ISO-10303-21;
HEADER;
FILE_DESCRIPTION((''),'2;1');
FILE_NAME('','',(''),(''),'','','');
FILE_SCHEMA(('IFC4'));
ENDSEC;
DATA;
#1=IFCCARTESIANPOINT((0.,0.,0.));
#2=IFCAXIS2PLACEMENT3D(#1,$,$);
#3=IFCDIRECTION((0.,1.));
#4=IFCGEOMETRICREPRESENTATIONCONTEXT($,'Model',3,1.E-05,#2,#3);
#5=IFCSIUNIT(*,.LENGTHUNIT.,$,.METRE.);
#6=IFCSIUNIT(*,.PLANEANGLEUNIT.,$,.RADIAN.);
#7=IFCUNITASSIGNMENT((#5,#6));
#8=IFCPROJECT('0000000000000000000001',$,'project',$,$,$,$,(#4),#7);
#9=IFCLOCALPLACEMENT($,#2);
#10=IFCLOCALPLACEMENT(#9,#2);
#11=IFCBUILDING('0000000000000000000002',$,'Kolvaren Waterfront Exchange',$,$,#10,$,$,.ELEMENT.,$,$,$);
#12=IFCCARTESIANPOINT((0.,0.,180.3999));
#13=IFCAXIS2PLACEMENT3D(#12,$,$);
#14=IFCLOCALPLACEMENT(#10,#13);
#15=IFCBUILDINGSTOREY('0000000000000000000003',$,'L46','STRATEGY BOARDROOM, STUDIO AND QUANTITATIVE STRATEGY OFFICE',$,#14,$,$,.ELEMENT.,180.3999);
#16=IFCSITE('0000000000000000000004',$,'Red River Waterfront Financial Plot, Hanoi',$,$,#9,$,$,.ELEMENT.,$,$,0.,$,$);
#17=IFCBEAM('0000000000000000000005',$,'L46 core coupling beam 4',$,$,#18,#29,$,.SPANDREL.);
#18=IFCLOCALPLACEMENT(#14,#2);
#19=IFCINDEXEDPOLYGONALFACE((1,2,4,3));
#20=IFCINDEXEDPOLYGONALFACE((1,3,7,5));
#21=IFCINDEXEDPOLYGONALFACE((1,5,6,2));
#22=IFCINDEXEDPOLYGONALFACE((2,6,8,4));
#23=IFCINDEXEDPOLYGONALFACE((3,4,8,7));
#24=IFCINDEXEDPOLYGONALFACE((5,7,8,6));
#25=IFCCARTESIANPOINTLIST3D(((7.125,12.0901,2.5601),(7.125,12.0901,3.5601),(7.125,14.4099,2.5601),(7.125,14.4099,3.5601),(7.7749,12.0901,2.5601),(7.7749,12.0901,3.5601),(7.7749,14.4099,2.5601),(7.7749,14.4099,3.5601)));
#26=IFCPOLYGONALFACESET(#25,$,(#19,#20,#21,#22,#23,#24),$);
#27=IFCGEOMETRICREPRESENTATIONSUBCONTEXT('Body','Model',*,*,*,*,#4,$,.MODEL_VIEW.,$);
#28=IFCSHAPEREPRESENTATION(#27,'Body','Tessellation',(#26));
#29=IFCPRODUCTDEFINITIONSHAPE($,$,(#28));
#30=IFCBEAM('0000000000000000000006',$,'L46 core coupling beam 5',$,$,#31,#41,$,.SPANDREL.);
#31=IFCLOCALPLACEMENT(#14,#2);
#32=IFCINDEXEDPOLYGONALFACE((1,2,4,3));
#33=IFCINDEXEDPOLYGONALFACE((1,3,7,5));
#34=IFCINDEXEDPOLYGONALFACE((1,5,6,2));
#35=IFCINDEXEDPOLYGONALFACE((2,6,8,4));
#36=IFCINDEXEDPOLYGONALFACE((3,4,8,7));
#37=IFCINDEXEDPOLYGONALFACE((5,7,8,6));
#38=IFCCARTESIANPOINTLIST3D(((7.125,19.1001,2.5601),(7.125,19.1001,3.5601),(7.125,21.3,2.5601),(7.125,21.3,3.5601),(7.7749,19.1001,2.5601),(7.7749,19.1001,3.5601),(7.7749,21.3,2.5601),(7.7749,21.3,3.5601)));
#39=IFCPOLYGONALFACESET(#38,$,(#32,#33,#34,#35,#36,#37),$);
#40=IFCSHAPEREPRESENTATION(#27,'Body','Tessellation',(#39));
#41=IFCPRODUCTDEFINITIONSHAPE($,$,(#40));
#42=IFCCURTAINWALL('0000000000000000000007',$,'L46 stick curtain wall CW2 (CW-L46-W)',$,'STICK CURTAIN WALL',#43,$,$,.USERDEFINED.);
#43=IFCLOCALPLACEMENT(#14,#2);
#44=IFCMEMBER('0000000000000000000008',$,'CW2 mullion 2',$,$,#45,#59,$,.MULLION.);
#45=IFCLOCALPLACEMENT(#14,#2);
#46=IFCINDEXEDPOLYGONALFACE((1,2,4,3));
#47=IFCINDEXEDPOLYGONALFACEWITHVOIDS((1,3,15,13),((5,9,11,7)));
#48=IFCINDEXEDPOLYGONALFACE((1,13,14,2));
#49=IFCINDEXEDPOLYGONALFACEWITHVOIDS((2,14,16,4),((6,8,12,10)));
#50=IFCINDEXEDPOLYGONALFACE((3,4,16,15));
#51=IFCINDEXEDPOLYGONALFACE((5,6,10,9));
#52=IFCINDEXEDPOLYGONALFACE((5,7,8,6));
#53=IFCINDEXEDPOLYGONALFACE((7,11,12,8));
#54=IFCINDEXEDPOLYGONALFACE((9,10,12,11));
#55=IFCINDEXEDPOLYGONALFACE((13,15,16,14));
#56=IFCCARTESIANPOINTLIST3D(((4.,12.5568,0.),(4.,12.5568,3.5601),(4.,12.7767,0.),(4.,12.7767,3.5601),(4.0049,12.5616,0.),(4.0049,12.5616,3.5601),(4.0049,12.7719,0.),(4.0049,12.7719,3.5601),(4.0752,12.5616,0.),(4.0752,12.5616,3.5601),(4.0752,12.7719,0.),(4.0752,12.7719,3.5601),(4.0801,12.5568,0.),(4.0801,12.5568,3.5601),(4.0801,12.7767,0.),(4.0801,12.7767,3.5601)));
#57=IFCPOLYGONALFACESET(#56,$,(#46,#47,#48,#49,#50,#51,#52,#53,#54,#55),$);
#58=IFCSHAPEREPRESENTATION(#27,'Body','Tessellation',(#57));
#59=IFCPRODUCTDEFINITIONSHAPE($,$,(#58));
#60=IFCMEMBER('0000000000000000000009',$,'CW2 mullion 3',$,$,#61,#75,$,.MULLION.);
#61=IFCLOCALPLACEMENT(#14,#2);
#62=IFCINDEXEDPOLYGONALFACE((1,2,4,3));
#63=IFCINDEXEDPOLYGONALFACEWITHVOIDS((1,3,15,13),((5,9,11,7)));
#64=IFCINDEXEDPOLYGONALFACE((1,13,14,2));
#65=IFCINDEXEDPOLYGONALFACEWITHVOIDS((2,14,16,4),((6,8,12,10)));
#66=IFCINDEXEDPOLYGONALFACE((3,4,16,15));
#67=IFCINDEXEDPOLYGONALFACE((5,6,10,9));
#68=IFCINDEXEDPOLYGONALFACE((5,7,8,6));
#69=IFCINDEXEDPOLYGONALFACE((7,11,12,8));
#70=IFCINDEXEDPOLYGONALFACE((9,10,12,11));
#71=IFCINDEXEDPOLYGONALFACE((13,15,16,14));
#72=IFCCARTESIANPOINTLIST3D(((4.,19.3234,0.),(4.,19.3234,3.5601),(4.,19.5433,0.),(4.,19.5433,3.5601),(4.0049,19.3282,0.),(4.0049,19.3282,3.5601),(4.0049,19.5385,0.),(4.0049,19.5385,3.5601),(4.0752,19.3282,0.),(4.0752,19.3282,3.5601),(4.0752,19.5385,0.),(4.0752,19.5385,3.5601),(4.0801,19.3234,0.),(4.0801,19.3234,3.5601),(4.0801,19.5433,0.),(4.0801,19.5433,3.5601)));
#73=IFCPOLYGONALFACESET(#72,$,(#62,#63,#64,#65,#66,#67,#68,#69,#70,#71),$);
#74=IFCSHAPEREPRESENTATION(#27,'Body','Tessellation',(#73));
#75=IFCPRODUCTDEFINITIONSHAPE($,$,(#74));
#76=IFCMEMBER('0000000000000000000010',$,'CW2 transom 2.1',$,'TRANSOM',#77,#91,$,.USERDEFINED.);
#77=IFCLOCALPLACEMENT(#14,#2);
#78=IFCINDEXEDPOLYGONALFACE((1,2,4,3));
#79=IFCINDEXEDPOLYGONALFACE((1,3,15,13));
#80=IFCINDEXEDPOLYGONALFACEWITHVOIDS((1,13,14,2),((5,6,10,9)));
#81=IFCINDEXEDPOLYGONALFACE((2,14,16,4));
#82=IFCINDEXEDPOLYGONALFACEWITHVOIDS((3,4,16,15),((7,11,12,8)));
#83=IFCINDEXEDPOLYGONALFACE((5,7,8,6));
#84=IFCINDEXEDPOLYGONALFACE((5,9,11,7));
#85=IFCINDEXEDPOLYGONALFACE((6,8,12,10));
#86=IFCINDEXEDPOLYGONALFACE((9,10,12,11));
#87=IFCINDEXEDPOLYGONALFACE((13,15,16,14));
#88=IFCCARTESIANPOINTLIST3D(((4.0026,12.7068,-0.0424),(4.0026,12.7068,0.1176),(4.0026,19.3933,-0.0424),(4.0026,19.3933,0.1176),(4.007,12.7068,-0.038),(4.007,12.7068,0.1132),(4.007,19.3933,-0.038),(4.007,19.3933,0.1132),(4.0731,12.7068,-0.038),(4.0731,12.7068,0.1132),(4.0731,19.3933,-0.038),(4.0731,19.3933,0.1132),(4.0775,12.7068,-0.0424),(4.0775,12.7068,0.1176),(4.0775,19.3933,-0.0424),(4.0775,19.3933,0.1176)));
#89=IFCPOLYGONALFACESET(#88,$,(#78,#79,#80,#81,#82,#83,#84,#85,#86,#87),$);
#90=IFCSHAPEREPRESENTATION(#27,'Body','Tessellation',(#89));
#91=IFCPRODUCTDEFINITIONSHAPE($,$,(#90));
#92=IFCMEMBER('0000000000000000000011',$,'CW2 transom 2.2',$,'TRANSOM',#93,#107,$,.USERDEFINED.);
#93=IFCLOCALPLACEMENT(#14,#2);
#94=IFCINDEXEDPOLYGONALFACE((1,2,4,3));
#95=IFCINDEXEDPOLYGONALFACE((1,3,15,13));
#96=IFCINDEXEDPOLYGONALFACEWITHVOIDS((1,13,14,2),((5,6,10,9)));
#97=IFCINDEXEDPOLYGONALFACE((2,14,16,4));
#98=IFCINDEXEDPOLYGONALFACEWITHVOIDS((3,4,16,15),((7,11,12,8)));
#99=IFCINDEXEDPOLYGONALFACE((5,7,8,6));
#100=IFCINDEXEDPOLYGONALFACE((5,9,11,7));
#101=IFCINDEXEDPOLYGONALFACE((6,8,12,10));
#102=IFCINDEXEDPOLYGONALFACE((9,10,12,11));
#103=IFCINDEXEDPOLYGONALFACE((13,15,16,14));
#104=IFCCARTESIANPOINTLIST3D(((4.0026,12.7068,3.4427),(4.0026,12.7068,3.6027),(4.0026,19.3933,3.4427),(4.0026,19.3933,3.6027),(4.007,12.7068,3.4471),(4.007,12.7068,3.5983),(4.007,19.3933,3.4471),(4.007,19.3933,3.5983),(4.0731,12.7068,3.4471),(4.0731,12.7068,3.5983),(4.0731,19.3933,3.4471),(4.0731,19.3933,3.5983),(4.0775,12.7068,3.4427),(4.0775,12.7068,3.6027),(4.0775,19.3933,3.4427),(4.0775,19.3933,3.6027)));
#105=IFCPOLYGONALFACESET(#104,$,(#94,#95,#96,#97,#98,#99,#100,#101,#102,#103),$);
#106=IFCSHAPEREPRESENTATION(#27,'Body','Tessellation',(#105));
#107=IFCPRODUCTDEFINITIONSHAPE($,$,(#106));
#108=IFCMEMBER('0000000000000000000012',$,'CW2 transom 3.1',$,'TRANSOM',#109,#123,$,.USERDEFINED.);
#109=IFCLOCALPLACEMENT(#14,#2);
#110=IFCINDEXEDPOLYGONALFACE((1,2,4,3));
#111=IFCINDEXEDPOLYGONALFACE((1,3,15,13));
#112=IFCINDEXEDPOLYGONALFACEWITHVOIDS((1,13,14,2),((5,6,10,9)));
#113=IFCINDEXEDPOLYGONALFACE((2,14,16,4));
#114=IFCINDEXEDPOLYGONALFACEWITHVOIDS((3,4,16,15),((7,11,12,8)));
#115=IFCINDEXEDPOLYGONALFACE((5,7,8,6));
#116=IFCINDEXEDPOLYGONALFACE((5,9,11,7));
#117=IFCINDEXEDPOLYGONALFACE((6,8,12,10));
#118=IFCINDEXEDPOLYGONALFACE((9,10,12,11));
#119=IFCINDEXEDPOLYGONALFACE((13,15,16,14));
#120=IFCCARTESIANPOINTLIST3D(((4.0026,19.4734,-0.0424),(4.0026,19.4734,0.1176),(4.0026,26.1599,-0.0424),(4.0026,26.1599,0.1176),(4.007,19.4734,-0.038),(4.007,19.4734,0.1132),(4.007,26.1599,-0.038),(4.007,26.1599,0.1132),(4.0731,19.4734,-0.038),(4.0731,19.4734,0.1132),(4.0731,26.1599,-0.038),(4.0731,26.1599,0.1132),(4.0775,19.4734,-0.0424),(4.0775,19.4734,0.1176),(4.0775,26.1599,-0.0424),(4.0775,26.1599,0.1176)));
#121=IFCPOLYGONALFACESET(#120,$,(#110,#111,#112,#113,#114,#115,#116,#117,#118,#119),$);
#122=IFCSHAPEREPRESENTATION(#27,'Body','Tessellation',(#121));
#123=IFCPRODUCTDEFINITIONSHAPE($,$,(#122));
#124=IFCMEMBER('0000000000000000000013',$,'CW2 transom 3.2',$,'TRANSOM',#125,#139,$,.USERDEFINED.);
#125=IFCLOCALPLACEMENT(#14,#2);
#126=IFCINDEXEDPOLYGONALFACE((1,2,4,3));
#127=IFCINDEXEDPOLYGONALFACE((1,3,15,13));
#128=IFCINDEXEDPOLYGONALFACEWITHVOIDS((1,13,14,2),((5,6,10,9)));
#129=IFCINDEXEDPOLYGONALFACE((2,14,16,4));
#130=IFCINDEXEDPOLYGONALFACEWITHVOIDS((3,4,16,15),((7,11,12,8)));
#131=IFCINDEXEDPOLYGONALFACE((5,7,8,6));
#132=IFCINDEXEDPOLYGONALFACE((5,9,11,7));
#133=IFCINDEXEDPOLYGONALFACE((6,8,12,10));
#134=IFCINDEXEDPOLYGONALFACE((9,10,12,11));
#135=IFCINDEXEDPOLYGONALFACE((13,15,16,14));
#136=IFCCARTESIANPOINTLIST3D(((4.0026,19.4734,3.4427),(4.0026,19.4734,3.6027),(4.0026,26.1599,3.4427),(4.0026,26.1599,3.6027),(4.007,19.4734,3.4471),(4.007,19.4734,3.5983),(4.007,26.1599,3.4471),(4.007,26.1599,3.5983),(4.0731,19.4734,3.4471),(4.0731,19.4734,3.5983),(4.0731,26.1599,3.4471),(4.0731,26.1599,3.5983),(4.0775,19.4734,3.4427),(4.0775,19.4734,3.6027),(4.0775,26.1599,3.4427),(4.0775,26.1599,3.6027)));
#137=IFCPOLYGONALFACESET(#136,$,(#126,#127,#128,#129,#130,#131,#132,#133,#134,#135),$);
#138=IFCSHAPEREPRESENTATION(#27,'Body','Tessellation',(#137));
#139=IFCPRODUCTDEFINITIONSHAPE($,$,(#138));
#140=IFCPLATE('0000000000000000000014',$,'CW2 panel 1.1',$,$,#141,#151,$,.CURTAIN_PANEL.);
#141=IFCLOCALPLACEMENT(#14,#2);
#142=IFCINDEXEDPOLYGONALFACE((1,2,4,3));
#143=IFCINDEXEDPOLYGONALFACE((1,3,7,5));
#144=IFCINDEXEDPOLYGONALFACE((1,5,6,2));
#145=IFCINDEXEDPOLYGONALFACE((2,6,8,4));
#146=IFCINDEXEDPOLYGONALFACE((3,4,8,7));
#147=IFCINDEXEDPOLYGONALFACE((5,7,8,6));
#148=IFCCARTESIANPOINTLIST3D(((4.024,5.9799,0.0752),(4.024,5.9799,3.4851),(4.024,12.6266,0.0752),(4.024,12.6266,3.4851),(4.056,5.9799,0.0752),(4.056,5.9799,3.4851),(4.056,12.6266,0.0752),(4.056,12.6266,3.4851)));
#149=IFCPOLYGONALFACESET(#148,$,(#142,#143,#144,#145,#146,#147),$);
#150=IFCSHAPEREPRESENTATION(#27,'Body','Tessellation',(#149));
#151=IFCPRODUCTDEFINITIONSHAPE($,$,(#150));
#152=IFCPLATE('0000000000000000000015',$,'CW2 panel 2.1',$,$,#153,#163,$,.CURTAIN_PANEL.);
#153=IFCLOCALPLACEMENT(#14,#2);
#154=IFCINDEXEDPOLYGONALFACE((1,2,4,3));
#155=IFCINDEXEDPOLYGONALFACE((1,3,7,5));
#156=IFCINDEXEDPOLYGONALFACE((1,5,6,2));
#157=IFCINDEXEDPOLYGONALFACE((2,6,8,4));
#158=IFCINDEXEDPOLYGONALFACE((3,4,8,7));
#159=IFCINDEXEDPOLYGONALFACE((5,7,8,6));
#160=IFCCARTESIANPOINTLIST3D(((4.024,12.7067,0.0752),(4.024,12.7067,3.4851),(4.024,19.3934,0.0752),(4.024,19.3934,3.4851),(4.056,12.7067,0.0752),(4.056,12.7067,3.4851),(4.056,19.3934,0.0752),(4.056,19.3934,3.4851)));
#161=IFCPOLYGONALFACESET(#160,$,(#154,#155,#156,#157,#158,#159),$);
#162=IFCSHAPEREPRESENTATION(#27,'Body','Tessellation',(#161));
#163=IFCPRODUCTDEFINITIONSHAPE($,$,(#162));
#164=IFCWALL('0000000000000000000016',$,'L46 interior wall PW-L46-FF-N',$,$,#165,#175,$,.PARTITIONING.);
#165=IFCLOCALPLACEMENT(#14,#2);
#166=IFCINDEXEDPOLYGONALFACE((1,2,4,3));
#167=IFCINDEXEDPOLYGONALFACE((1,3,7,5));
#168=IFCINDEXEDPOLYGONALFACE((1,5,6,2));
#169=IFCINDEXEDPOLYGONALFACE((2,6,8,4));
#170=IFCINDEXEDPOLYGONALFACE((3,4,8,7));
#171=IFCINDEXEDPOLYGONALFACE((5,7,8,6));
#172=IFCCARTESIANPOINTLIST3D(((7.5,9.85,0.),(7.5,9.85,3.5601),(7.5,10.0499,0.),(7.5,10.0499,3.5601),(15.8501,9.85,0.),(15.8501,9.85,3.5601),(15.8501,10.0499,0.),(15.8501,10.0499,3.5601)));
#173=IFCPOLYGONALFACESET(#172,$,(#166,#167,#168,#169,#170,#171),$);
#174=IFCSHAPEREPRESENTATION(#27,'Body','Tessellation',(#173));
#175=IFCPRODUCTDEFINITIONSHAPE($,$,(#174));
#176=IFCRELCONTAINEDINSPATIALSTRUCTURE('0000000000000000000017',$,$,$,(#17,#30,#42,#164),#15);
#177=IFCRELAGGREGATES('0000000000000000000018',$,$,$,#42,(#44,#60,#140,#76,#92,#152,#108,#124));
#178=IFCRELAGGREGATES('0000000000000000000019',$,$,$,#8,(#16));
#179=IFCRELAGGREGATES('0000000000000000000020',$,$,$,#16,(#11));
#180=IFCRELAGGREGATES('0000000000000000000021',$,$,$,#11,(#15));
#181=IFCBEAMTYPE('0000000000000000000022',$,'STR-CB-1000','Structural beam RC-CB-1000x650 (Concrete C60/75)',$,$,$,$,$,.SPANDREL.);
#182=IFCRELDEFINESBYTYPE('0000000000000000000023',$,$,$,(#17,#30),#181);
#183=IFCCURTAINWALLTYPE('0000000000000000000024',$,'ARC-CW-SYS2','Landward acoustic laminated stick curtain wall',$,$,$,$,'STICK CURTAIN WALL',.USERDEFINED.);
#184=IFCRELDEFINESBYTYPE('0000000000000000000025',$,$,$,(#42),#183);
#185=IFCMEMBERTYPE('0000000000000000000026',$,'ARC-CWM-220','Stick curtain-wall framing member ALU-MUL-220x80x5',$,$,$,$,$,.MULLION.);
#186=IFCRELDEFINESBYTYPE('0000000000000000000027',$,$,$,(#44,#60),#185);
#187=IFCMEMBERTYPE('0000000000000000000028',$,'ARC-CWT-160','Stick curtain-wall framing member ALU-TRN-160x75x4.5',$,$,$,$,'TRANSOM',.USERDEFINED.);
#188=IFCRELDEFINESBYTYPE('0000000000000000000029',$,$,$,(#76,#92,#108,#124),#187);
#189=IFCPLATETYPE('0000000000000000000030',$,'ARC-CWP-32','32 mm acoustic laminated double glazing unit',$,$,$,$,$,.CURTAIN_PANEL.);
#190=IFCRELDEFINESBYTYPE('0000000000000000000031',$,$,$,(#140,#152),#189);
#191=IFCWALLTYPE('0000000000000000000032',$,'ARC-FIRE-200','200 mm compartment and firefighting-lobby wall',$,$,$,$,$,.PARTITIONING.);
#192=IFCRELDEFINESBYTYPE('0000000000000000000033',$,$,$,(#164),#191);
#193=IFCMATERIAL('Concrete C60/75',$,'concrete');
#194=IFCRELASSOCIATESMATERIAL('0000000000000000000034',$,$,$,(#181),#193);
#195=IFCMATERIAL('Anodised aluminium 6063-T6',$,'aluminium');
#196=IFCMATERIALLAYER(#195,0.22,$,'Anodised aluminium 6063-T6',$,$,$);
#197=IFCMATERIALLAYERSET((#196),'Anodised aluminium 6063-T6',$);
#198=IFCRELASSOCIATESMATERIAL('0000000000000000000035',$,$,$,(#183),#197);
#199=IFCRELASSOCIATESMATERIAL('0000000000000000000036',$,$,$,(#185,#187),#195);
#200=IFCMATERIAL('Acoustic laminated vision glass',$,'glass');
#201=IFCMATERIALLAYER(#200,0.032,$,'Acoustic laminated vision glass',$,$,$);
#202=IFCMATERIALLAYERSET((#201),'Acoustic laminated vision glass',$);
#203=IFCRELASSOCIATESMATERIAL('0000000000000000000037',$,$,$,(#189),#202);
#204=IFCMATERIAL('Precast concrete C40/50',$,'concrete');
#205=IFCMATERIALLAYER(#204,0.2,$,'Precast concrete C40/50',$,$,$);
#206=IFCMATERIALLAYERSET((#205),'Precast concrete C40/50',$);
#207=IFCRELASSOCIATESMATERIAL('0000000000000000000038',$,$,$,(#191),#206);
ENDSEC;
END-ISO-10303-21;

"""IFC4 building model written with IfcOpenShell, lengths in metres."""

from ifc_helpers import new_model, si_unit, direction, frame, frame_2d, origin, origin_with_axes, origin_2d, place, context, subcontext, project, spatial, rectangle, hollow_rectangle, extrude, source, transform, mapped, material, layer, layer_set, material_profile, profile_set, type_object, element, aggregate, save


model = new_model("IFC4")

# Units and contexts
model_context = context("Model", 3, precision=1e-05, world=origin(), true_north=direction((0.0, 1.0)))
body_context = subcontext(model_context, "Body", "Model", "MODEL_VIEW")
ifc_project = project(units=[si_unit("LENGTHUNIT", "METRE"), si_unit("PLANEANGLEUNIT", "RADIAN")], contexts=[model_context])

# Site, building, storey
site_placement = place(None, origin())
site = spatial("IfcSite", under=ifc_project, at=site_placement, Name="Red River Waterfront Financial Plot, Hanoi", CompositionType="ELEMENT", RefElevation=0.0)
building_placement = place(site_placement, origin())
building = spatial("IfcBuilding", under=site, at=building_placement, Name="Kolvaren Waterfront Exchange", CompositionType="ELEMENT")
storey_placement = place(building_placement, frame((0.0, 0.0, 180.3999)))
storey = spatial("IfcBuildingStorey", under=building, at=storey_placement, Name="L46", Description="STRATEGY BOARDROOM, STUDIO AND QUANTITATIVE STRATEGY OFFICE", CompositionType="ELEMENT", Elevation=180.3999)

# Beams
ifc_material_1 = material(Name="Concrete C60/75", Category="concrete")
ifc_material_profile_1 = material_profile(ifc_material_1, rectangle(XDim=0.6499, YDim=1.0, at=origin_2d()), Name="RC-CB-1000x650")
ifc_profile_set_1 = profile_set([ifc_material_profile_1], Name="Concrete C60/75")
beam_type = type_object("IfcBeamType", Name="STR-CB-1000", Description="Structural beam RC-CB-1000x650 (Concrete C60/75)", PredefinedType="SPANDREL", material=ifc_profile_set_1)
beam_1_placement = place(storey_placement, frame((7.45, 12.0901, 3.0601), z_axis=(0.0, 1.0, 0.0), x_axis=(-1.0, 0.0, 0.0)))
element("IfcBeam", 1, at=beam_1_placement, inside=storey, type_object=beam_type, Name="L46 core coupling beam 4", PredefinedType="SPANDREL", context=body_context, shape_type="SweptSolid", body=[
    extrude(rectangle(XDim=0.6499, YDim=1.0, at=origin_2d()), origin(), (0.0, 0.0, 1.0), 2.3198),
])
beam_2_placement = place(storey_placement, frame((7.45, 19.1001, 3.0601), z_axis=(0.0, 1.0, 0.0), x_axis=(-1.0, 0.0, 0.0)))
element("IfcBeam", 2, at=beam_2_placement, inside=storey, type_object=beam_type, Name="L46 core coupling beam 5", PredefinedType="SPANDREL", context=body_context, shape_type="SweptSolid", body=[
    extrude(rectangle(XDim=0.6499, YDim=1.0, at=origin_2d()), origin(), (0.0, 0.0, 1.0), 2.2),
])

# Curtain wall, members, plates
ifc_material_2 = material(Name="Anodised aluminium 6063-T6", Category="aluminium")
ifc_layer_1 = layer(ifc_material_2, 0.22, Name="Anodised aluminium 6063-T6")
ifc_layer_set_1 = layer_set([ifc_layer_1], Name="Anodised aluminium 6063-T6")
curtain_wall_type = type_object("IfcCurtainWallType", Name="ARC-CW-SYS2", Description="Landward acoustic laminated stick curtain wall", ElementType="STICK CURTAIN WALL", PredefinedType="USERDEFINED", material=ifc_layer_set_1)
curtain_wall_placement = place(storey_placement, origin())
curtain_wall = element("IfcCurtainWall", 3, at=curtain_wall_placement, inside=storey, type_object=curtain_wall_type, Name="L46 stick curtain wall CW2 (CW-L46-W)", ObjectType="STICK CURTAIN WALL", PredefinedType="USERDEFINED")
ifc_material_profile_2 = material_profile(ifc_material_2, hollow_rectangle(XDim=0.0801, YDim=0.22, WallThickness=0.0049, at=origin_2d()), Name="ALU-MUL-220x80x5")
ifc_profile_set_2 = profile_set([ifc_material_profile_2], Name="Anodised aluminium 6063-T6")
member_type_1 = type_object("IfcMemberType", Name="ARC-CWM-220", Description="Stick curtain-wall framing member ALU-MUL-220x80x5", PredefinedType="MULLION", material=ifc_profile_set_2)
shared_shape_1 = source(origin_with_axes(), body_context, "Body", "SweptSolid", [
    extrude(hollow_rectangle(XDim=0.0801, YDim=0.22, WallThickness=0.0049, at=origin_2d()), origin(), (0.0, 0.0, 1.0), 3.5601),
])
member_1_placement = place(storey_placement, frame((4.04, 12.6667, 0.0), z_axis=(0.0, 0.0, 1.0), x_axis=(-1.0, 0.0, 0.0)))
member_1 = element("IfcMember", 4, at=member_1_placement, type_object=member_type_1, Name="CW2 mullion 2", PredefinedType="MULLION", context=body_context, shape_type="MappedRepresentation", body=[
    mapped(shared_shape_1, transform((0.0, 0.0, 0.0), x_axis=(1.0, 0.0, 0.0), y_axis=(0.0, 1.0, 0.0), z_axis=(0.0, 0.0, 1.0), scale=1.0)),
])
member_2_placement = place(storey_placement, frame((4.04, 19.4333, 0.0), z_axis=(0.0, 0.0, 1.0), x_axis=(-1.0, 0.0, 0.0)))
member_2 = element("IfcMember", 5, at=member_2_placement, type_object=member_type_1, Name="CW2 mullion 3", PredefinedType="MULLION", context=body_context, shape_type="MappedRepresentation", body=[
    mapped(shared_shape_1, transform((0.0, 0.0, 0.0), x_axis=(1.0, 0.0, 0.0), y_axis=(0.0, 1.0, 0.0), z_axis=(0.0, 0.0, 1.0), scale=1.0)),
])
ifc_material_profile_3 = material_profile(ifc_material_2, hollow_rectangle(XDim=0.075, YDim=0.1599, WallThickness=0.0044, at=origin_2d()), Name="ALU-TRN-160x75x4.5")
ifc_profile_set_3 = profile_set([ifc_material_profile_3], Name="Anodised aluminium 6063-T6")
member_type_2 = type_object("IfcMemberType", Name="ARC-CWT-160", Description="Stick curtain-wall framing member ALU-TRN-160x75x4.5", ElementType="TRANSOM", PredefinedType="USERDEFINED", material=ifc_profile_set_3)
shared_shape_2 = source(origin_with_axes(), body_context, "Body", "SweptSolid", [
    extrude(hollow_rectangle(XDim=0.075, YDim=0.1599, WallThickness=0.0044, at=origin_2d()), origin(), (0.0, 0.0, 1.0), 6.6865),
])
member_3_placement = place(storey_placement, frame((4.04, 12.7068, 0.0376), z_axis=(0.0, 1.0, 0.0), x_axis=(-1.0, 0.0, 0.0)))
member_3 = element("IfcMember", 6, at=member_3_placement, type_object=member_type_2, Name="CW2 transom 2.1", ObjectType="TRANSOM", PredefinedType="USERDEFINED", context=body_context, shape_type="MappedRepresentation", body=[
    mapped(shared_shape_2, transform((0.0, 0.0, 0.0), x_axis=(1.0, 0.0, 0.0), y_axis=(0.0, 1.0, 0.0), z_axis=(0.0, 0.0, 1.0), scale=1.0)),
])
member_4_placement = place(storey_placement, frame((4.04, 12.7068, 3.5227), z_axis=(0.0, 1.0, 0.0), x_axis=(-1.0, 0.0, 0.0)))
member_4 = element("IfcMember", 7, at=member_4_placement, type_object=member_type_2, Name="CW2 transom 2.2", ObjectType="TRANSOM", PredefinedType="USERDEFINED", context=body_context, shape_type="MappedRepresentation", body=[
    mapped(shared_shape_2, transform((0.0, 0.0, 0.0), x_axis=(1.0, 0.0, 0.0), y_axis=(0.0, 1.0, 0.0), z_axis=(0.0, 0.0, 1.0), scale=1.0)),
])
member_5_placement = place(storey_placement, frame((4.04, 19.4734, 0.0376), z_axis=(0.0, 1.0, 0.0), x_axis=(-1.0, 0.0, 0.0)))
member_5 = element("IfcMember", 8, at=member_5_placement, type_object=member_type_2, Name="CW2 transom 3.1", ObjectType="TRANSOM", PredefinedType="USERDEFINED", context=body_context, shape_type="MappedRepresentation", body=[
    mapped(shared_shape_2, transform((0.0, 0.0, 0.0), x_axis=(1.0, 0.0, 0.0), y_axis=(0.0, 1.0, 0.0), z_axis=(0.0, 0.0, 1.0), scale=1.0)),
])
member_6_placement = place(storey_placement, frame((4.04, 19.4734, 3.5227), z_axis=(0.0, 1.0, 0.0), x_axis=(-1.0, 0.0, 0.0)))
member_6 = element("IfcMember", 9, at=member_6_placement, type_object=member_type_2, Name="CW2 transom 3.2", ObjectType="TRANSOM", PredefinedType="USERDEFINED", context=body_context, shape_type="MappedRepresentation", body=[
    mapped(shared_shape_2, transform((0.0, 0.0, 0.0), x_axis=(1.0, 0.0, 0.0), y_axis=(0.0, 1.0, 0.0), z_axis=(0.0, 0.0, 1.0), scale=1.0)),
])
ifc_material_3 = material(Name="Acoustic laminated vision glass", Category="glass")
ifc_layer_2 = layer(ifc_material_3, 0.032, Name="Acoustic laminated vision glass")
ifc_layer_set_2 = layer_set([ifc_layer_2], Name="Acoustic laminated vision glass")
plate_type = type_object("IfcPlateType", Name="ARC-CWP-32", Description="32 mm acoustic laminated double glazing unit", PredefinedType="CURTAIN_PANEL", material=ifc_layer_set_2)
shared_shape_3 = source(origin_with_axes(), body_context, "Body", "SweptSolid", [
    extrude(rectangle(XDim=6.6467, YDim=0.032, at=origin_2d()), origin(), (0.0, 0.0, 1.0), 3.4099),
])
plate_1_placement = place(storey_placement, frame((4.04, 9.3032, 0.0752), z_axis=(0.0, 0.0, 1.0), x_axis=(0.0, 1.0, 0.0)))
plate_1 = element("IfcPlate", 10, at=plate_1_placement, type_object=plate_type, Name="CW2 panel 1.1", PredefinedType="CURTAIN_PANEL", context=body_context, shape_type="MappedRepresentation", body=[
    mapped(shared_shape_3, transform((0.0, 0.0, 0.0), x_axis=(1.0, 0.0, 0.0), y_axis=(0.0, 1.0, 0.0), z_axis=(0.0, 0.0, 1.0), scale=1.0)),
])
shared_shape_4 = source(origin_with_axes(), body_context, "Body", "SweptSolid", [
    extrude(rectangle(XDim=6.6868, YDim=0.032, at=origin_2d()), origin(), (0.0, 0.0, 1.0), 3.4099),
])
plate_2_placement = place(storey_placement, frame((4.04, 16.05, 0.0752), z_axis=(0.0, 0.0, 1.0), x_axis=(0.0, 1.0, 0.0)))
plate_2 = element("IfcPlate", 11, at=plate_2_placement, type_object=plate_type, Name="CW2 panel 2.1", PredefinedType="CURTAIN_PANEL", context=body_context, shape_type="MappedRepresentation", body=[
    mapped(shared_shape_4, transform((0.0, 0.0, 0.0), x_axis=(1.0, 0.0, 0.0), y_axis=(0.0, 1.0, 0.0), z_axis=(0.0, 0.0, 1.0), scale=1.0)),
])
aggregate(curtain_wall, [member_1, member_2, plate_1, member_3, member_4, plate_2, member_5, member_6])

# Wall
ifc_material_4 = material(Name="Precast concrete C40/50", Category="concrete")
ifc_layer_3 = layer(ifc_material_4, 0.2, Name="Precast concrete C40/50")
ifc_layer_set_3 = layer_set([ifc_layer_3], Name="Precast concrete C40/50")
wall_type_1 = type_object("IfcWallType", Name="ARC-FIRE-200", Description="200 mm compartment and firefighting-lobby wall", PredefinedType="PARTITIONING", material=ifc_layer_set_3)
wall_1_placement = place(storey_placement, frame((7.5, 9.95, 0.0), z_axis=(0.0, 0.0, 1.0), x_axis=(1.0, 0.0, 0.0)))
element("IfcWall", 12, at=wall_1_placement, inside=storey, type_object=wall_type_1, Name="L46 interior wall PW-L46-FF-N", PredefinedType="PARTITIONING", context=body_context, shape_type="SweptSolid", body=[
    extrude(rectangle(XDim=8.3501, YDim=0.2, at=frame_2d((4.175, 0.0))), origin(), (0.0, 0.0, 1.0), 3.5601),
])

save(model, "model.ifc")
